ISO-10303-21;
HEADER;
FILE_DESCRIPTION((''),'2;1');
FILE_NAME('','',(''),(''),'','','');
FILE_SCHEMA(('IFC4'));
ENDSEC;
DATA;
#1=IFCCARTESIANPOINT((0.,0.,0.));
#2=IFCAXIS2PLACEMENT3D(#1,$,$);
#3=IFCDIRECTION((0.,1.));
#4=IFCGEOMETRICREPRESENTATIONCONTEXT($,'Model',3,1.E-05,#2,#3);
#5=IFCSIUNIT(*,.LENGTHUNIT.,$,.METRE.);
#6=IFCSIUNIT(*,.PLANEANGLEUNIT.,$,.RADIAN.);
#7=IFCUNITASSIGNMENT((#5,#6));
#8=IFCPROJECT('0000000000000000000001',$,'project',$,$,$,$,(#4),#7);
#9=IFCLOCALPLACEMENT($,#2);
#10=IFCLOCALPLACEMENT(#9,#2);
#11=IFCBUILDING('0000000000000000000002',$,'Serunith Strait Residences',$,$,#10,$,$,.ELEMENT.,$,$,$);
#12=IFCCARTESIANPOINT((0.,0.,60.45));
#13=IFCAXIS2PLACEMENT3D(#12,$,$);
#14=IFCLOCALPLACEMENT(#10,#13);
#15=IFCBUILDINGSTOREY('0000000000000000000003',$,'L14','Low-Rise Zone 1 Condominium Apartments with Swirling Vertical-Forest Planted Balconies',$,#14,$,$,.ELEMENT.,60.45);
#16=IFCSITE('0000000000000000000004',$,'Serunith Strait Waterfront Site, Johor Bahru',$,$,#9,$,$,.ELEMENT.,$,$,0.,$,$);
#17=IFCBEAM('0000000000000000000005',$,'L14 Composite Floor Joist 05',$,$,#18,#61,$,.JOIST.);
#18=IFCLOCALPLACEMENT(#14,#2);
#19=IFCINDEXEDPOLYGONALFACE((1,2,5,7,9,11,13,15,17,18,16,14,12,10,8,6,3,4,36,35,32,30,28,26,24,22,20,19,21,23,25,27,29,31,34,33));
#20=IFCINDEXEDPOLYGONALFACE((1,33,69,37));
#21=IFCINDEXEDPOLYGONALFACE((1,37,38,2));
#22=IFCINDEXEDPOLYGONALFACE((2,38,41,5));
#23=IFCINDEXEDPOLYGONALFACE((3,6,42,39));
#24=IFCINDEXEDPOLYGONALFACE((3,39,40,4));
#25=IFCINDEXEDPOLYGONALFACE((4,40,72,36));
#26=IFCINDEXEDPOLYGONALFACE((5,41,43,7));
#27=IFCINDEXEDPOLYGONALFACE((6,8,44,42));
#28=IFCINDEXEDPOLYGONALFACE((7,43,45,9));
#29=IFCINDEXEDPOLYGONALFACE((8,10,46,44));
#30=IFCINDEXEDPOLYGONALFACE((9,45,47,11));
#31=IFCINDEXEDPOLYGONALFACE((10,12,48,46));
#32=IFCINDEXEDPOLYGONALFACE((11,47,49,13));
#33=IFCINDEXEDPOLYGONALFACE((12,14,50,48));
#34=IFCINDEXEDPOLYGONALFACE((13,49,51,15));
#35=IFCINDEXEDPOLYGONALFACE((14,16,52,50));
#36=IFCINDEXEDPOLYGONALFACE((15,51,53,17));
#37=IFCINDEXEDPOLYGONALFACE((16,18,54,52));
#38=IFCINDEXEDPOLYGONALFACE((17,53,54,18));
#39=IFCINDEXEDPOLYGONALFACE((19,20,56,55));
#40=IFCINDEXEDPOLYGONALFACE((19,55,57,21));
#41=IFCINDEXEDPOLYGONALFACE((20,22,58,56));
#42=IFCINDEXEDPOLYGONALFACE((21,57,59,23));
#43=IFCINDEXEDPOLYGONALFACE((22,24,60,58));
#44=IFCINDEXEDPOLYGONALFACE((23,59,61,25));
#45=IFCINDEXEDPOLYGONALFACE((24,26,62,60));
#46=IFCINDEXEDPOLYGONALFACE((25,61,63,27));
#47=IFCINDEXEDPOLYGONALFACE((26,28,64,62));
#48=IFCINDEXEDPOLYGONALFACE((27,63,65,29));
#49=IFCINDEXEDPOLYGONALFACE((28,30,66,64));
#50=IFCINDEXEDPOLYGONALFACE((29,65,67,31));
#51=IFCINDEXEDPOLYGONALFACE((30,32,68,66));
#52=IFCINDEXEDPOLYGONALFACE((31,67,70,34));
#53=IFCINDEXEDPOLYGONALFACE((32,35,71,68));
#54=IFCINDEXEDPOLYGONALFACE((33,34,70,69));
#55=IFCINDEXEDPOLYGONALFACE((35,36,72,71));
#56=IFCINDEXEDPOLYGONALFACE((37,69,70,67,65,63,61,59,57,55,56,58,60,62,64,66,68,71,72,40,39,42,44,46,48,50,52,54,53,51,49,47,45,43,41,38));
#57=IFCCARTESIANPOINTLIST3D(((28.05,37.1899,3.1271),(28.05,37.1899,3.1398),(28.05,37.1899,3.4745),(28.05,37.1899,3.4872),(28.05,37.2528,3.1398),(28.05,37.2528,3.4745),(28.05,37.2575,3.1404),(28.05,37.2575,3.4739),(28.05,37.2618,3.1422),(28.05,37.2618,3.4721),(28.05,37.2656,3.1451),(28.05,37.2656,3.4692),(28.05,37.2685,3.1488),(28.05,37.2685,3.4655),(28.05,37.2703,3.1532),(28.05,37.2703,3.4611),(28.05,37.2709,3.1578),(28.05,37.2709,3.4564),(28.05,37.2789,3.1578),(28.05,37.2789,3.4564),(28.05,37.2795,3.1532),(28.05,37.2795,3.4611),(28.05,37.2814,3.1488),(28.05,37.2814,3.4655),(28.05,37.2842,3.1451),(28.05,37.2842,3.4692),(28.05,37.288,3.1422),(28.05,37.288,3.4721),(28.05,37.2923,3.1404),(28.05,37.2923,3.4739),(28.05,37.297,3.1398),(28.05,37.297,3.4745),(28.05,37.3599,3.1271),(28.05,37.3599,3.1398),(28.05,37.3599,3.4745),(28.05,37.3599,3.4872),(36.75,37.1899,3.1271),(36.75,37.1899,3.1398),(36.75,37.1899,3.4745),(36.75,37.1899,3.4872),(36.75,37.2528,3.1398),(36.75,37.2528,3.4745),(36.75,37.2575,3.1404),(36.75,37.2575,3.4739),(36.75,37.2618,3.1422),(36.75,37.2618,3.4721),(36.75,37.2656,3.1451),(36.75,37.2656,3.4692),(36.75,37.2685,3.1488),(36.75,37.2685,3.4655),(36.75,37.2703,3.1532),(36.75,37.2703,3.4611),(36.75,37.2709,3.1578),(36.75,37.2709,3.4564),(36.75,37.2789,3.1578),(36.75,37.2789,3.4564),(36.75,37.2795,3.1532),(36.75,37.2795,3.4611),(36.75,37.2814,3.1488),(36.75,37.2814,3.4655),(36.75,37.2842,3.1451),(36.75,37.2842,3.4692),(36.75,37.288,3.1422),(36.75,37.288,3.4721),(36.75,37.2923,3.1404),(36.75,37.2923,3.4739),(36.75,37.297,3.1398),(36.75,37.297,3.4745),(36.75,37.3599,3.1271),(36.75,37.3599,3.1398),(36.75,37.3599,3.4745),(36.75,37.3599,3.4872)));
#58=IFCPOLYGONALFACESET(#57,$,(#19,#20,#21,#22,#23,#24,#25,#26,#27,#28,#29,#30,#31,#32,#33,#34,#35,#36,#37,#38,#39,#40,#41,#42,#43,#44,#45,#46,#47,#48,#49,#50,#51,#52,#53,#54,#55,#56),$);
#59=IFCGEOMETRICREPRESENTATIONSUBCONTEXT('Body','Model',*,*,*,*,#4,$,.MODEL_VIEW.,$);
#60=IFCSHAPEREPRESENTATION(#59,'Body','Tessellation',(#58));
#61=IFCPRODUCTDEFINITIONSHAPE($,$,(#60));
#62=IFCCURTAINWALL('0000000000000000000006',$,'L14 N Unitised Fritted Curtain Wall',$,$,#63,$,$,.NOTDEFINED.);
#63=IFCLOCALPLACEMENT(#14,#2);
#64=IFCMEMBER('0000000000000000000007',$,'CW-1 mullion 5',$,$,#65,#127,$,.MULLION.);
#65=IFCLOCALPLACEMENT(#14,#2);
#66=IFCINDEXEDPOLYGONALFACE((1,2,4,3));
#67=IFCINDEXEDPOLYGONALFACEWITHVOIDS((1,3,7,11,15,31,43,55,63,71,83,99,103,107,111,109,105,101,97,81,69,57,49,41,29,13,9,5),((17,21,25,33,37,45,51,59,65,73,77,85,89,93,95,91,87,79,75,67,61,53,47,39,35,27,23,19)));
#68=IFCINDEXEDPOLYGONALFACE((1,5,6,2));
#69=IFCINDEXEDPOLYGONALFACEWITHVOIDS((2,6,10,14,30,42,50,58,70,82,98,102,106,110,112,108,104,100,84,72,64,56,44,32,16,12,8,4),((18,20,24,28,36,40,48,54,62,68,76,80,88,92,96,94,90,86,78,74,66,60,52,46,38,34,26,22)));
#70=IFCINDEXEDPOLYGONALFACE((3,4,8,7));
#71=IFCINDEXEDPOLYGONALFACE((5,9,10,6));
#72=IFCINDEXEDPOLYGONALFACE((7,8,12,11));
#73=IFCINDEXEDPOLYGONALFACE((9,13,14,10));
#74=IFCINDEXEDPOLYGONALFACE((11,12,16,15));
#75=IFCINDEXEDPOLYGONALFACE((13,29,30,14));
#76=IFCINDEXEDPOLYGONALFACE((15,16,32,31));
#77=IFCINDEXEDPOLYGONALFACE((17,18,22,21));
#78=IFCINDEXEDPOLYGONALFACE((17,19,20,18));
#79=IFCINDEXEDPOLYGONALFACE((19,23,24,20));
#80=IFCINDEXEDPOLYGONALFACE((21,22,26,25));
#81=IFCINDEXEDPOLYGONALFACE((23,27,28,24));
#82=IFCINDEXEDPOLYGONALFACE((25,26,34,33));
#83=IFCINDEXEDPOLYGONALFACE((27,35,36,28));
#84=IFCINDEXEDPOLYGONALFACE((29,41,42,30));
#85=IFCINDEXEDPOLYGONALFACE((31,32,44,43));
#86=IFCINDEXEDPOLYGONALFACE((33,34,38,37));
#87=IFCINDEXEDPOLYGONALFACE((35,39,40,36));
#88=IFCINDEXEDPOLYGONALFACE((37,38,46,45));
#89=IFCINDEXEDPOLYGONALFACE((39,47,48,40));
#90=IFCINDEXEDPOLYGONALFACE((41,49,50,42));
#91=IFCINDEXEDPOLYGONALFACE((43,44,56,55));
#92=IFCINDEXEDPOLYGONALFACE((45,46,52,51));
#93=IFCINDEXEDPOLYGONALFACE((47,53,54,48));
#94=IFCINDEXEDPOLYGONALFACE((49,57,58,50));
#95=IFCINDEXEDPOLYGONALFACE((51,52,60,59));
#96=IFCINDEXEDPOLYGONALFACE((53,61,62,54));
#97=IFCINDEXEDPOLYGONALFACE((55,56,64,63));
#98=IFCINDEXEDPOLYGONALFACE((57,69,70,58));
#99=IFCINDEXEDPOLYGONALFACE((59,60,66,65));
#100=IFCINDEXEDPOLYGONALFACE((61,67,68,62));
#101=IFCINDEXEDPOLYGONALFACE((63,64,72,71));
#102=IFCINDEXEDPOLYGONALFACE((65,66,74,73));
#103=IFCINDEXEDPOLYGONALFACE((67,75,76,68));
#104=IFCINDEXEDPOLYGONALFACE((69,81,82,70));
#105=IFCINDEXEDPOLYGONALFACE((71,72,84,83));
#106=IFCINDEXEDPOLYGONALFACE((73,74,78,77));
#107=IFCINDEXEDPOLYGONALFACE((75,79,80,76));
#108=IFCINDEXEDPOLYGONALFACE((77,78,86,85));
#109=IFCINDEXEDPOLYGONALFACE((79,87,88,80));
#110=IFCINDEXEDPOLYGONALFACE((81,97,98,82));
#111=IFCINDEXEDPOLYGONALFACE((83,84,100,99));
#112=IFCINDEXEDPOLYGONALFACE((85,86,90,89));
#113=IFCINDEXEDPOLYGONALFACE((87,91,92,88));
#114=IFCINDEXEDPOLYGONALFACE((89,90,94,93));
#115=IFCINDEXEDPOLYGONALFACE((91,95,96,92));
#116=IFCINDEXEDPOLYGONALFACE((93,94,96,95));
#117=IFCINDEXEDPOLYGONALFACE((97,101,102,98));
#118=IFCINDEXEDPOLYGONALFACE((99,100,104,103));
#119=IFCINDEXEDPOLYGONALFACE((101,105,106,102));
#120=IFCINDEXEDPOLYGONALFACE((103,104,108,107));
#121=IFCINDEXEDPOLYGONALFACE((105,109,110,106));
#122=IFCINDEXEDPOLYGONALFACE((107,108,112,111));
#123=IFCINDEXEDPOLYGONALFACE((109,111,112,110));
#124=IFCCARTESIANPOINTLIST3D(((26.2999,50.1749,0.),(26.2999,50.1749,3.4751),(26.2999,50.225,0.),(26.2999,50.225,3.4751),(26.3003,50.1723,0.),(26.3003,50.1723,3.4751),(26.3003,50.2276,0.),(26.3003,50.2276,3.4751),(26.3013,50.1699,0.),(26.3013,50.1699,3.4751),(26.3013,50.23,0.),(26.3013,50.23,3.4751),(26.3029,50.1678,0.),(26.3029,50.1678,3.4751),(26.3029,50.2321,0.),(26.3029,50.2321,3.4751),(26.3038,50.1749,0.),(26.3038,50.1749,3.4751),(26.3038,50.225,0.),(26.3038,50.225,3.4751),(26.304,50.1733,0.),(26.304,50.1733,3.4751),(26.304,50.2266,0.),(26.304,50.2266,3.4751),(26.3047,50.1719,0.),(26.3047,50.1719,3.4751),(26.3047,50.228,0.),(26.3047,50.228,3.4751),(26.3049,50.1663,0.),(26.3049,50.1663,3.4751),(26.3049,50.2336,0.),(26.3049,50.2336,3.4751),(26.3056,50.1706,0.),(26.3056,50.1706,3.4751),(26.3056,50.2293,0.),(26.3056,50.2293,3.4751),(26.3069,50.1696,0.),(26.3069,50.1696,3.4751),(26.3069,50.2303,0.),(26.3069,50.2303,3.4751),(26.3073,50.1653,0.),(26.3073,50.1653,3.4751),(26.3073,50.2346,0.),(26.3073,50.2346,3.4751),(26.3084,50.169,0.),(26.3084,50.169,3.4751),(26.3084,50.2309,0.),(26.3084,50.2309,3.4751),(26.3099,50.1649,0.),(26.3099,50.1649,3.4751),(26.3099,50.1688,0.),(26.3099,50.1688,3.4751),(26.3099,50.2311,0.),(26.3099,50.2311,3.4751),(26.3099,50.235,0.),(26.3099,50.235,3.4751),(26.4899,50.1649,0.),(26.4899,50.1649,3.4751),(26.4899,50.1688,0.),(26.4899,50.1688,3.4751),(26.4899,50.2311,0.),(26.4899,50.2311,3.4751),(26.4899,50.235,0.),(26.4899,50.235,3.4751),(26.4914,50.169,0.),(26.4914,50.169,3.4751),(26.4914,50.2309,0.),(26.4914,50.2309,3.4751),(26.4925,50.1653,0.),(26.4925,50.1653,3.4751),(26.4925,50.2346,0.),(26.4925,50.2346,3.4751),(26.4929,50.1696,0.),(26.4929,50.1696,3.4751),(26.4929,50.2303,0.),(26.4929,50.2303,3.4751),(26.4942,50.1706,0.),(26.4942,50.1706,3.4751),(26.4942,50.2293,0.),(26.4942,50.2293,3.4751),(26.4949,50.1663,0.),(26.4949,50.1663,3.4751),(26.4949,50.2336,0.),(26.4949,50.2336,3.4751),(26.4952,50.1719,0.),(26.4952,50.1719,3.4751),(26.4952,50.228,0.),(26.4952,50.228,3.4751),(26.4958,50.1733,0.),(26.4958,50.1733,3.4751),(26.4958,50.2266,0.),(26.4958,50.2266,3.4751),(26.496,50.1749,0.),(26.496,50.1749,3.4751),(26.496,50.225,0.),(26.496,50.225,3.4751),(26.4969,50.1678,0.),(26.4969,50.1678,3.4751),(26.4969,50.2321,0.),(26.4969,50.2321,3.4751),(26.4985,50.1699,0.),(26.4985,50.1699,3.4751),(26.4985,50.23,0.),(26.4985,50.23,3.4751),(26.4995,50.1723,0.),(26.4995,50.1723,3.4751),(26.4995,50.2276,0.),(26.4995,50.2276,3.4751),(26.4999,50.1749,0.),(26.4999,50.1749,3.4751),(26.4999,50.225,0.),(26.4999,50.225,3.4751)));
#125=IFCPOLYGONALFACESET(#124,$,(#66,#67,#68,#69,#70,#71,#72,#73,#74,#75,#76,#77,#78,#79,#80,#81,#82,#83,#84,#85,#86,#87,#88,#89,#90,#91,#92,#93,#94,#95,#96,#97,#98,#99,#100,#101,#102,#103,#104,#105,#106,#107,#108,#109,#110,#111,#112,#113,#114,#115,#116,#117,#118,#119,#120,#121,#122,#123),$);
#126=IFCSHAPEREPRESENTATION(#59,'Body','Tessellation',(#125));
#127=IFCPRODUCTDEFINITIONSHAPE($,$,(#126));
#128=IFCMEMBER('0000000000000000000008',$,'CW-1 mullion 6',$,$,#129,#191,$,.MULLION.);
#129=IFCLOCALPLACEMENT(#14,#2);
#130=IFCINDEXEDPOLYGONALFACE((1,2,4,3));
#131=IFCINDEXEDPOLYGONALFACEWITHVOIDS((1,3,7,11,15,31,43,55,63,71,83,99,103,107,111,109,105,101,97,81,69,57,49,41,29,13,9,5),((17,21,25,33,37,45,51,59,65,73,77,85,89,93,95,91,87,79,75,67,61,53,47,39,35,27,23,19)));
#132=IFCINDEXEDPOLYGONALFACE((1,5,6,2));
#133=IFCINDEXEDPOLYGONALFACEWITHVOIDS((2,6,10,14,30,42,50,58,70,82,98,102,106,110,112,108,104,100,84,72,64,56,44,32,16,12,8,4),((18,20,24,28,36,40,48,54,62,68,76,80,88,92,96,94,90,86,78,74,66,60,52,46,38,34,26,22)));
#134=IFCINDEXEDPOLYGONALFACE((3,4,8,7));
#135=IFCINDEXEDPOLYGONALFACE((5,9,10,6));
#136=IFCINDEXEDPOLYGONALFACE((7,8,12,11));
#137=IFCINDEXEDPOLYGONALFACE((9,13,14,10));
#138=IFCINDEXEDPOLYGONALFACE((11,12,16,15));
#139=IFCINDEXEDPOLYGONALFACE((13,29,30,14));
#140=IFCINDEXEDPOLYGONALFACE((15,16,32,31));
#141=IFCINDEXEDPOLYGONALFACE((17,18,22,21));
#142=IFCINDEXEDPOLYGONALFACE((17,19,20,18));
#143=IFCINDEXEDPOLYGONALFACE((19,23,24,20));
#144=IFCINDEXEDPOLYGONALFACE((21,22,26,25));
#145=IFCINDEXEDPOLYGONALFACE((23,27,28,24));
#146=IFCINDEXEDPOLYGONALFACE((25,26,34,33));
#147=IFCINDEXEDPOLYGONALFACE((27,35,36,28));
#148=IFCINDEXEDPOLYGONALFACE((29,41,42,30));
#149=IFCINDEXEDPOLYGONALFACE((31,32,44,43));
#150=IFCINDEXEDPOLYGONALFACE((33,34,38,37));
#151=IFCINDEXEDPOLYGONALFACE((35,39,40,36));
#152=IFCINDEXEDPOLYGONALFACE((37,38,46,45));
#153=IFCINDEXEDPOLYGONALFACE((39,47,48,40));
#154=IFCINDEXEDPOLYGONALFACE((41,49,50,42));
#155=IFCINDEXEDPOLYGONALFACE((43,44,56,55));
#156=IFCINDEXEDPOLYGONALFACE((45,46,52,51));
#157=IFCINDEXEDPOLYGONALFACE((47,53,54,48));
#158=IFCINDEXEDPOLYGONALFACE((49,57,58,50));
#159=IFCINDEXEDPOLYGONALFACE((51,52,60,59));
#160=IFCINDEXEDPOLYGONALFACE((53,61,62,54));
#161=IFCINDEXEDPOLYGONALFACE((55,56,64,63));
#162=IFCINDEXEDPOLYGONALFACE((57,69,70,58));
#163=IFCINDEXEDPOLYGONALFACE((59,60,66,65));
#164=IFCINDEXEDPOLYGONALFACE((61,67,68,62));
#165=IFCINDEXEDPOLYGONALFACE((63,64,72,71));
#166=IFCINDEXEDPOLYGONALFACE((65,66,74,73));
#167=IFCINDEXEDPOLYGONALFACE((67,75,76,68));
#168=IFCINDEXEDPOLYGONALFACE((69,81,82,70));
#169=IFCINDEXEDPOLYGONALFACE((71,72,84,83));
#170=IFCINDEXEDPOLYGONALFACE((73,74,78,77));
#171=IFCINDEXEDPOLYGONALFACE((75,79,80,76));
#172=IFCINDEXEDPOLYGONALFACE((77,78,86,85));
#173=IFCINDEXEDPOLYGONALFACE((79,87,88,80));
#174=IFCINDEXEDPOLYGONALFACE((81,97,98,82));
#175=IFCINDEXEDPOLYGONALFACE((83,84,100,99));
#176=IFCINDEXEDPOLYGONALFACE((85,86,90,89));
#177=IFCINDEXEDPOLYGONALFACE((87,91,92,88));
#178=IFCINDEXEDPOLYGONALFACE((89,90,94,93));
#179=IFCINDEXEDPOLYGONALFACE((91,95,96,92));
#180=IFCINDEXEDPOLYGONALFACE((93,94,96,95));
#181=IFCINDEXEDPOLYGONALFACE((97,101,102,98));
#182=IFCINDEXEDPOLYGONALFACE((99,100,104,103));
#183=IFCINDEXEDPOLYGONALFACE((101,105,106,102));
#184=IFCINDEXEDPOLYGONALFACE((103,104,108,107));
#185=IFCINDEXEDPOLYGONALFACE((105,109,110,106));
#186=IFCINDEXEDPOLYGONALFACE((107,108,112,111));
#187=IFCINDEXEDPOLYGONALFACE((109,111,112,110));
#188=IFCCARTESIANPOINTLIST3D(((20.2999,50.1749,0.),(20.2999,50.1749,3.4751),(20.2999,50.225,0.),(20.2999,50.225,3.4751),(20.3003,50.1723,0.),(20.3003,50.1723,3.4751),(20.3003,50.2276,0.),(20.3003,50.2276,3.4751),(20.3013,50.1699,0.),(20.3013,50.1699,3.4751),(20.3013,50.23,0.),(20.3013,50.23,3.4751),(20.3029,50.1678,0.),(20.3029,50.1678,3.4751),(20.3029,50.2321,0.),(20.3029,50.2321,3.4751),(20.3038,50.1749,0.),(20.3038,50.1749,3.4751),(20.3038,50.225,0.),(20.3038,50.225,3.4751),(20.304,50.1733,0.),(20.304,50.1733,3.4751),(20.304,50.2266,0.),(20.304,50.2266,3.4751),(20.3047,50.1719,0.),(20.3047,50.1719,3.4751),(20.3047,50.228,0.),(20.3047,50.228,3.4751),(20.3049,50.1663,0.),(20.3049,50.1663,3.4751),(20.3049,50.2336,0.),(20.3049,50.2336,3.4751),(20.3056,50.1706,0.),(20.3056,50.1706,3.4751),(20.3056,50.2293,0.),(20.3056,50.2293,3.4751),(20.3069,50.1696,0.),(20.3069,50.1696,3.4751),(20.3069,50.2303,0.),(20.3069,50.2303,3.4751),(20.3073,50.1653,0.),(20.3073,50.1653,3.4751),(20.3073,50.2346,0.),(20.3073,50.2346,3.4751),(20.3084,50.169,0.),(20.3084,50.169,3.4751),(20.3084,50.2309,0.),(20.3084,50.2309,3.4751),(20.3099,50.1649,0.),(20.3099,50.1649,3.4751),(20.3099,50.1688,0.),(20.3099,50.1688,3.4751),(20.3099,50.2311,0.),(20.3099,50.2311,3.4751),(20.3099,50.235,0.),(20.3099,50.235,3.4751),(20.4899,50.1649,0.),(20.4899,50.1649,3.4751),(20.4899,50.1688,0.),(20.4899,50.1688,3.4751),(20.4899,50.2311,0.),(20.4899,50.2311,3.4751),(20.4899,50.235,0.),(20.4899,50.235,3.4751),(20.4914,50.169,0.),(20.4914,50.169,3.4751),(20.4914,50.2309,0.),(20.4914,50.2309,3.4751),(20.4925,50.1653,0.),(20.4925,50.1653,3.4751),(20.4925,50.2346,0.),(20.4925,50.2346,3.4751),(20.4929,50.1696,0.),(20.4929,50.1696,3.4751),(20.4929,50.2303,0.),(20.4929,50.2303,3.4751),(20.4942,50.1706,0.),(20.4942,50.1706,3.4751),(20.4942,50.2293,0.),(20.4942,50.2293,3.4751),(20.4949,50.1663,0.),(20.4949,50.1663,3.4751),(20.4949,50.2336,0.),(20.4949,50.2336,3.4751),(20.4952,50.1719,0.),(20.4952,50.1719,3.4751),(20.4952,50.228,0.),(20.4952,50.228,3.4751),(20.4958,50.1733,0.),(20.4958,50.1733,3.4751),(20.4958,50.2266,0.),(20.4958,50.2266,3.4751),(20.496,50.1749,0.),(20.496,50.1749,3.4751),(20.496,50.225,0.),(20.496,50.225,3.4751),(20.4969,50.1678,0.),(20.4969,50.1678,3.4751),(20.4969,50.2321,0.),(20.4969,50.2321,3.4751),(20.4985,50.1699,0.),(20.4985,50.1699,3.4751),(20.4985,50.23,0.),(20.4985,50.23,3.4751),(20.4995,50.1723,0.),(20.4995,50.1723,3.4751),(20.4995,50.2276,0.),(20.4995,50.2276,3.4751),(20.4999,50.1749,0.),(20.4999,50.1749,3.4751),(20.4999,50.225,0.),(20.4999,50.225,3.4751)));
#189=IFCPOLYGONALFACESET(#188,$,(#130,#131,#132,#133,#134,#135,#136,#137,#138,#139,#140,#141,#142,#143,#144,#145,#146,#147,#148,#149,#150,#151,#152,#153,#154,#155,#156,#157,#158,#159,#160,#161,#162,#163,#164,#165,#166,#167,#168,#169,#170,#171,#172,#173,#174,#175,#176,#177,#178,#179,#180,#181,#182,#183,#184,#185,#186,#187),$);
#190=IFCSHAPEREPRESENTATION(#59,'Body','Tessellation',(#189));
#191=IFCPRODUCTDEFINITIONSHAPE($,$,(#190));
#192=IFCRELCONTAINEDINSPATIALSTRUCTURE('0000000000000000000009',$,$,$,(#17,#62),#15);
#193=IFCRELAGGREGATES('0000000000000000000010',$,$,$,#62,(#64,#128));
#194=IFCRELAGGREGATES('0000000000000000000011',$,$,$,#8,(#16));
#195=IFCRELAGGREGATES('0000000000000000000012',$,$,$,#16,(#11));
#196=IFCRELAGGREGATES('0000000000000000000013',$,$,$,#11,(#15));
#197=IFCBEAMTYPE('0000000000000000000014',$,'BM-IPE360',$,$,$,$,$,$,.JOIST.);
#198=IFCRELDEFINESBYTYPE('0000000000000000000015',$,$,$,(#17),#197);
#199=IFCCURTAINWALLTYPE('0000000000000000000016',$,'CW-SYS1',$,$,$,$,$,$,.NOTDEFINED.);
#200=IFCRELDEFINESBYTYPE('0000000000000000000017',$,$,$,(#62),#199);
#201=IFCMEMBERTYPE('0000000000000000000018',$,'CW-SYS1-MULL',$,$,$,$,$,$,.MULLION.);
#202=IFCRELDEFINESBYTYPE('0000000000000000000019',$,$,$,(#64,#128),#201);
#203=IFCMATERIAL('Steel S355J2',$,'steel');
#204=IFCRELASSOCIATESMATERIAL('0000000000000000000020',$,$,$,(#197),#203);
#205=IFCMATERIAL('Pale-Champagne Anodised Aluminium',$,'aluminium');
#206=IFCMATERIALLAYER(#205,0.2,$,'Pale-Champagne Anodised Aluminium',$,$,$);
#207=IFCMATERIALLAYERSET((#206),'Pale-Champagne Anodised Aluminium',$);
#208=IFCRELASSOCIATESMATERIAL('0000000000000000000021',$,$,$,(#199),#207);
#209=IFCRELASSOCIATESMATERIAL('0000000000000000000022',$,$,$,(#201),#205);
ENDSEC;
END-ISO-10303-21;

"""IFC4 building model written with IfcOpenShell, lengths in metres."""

from ifc_helpers import new_model, si_unit, direction, frame, origin, origin_2d, place, context, subcontext, project, spatial, hollow_rectangle, i_section, extrude, source, transform, mapped, material, layer, layer_set, material_profile, profile_set, type_object, element, aggregate, save


model = new_model("IFC4")

# Units and contexts
model_context = context("Model", 3, precision=1e-05, world=origin(), true_north=direction((0.0, 1.0)))
body_context = subcontext(model_context, "Body", "Model", "MODEL_VIEW")
ifc_project = project(units=[si_unit("LENGTHUNIT", "METRE"), si_unit("PLANEANGLEUNIT", "RADIAN")], contexts=[model_context])

# Site, building, storey
site_placement = place(None, origin())
site = spatial("IfcSite", under=ifc_project, at=site_placement, Name="Serunith Strait Waterfront Site, Johor Bahru", CompositionType="ELEMENT", RefElevation=0.0)
building_placement = place(site_placement, origin())
building = spatial("IfcBuilding", under=site, at=building_placement, Name="Serunith Strait Residences", CompositionType="ELEMENT")
storey_placement = place(building_placement, frame((0.0, 0.0, 60.45)))
storey = spatial("IfcBuildingStorey", under=building, at=storey_placement, Name="L14", Description="Low-Rise Zone 1 Condominium Apartments with Swirling Vertical-Forest Planted Balconies", CompositionType="ELEMENT", Elevation=60.45)

# Beam
ifc_material_1 = material(Name="Steel S355J2", Category="steel")
ifc_material_profile_1 = material_profile(ifc_material_1, i_section(OverallWidth=0.1699, OverallDepth=0.3601, WebThickness=0.0081, FlangeThickness=0.0127, FilletRadius=0.0181, at=origin_2d()), Name="IPE 360")
ifc_profile_set_1 = profile_set([ifc_material_profile_1], Name="Steel S355J2")
beam_type_1 = type_object("IfcBeamType", Name="BM-IPE360", PredefinedType="JOIST", material=ifc_profile_set_1)
shared_shape_1 = source(origin(), body_context, "Body", "SweptSolid", [
    extrude(i_section(OverallWidth=0.1699, OverallDepth=0.3601, WebThickness=0.0081, FlangeThickness=0.0127, FilletRadius=0.0181, at=origin_2d()), origin(), (0.0, 0.0, 1.0), 8.7),
])
beam_1_placement = place(storey_placement, frame((28.05, 37.2749, 3.3071), z_axis=(1.0, 0.0, 0.0), x_axis=(0.0, 1.0, 0.0)))
element("IfcBeam", 1, at=beam_1_placement, inside=storey, type_object=beam_type_1, Name="L14 Composite Floor Joist 05", PredefinedType="JOIST", context=body_context, shape_type="MappedRepresentation", body=[
    mapped(shared_shape_1, transform((0.0, 0.0, 0.0), scale=1.0)),
])

# Curtain wall, members
ifc_material_2 = material(Name="Pale-Champagne Anodised Aluminium", Category="aluminium")
ifc_layer_1 = layer(ifc_material_2, 0.2, Name="Pale-Champagne Anodised Aluminium")
ifc_layer_set_1 = layer_set([ifc_layer_1], Name="Pale-Champagne Anodised Aluminium")
curtain_wall_type = type_object("IfcCurtainWallType", Name="CW-SYS1", PredefinedType="NOTDEFINED", material=ifc_layer_set_1)
curtain_wall_placement = place(storey_placement, origin())
curtain_wall = element("IfcCurtainWall", 2, at=curtain_wall_placement, inside=storey, type_object=curtain_wall_type, Name="L14 N Unitised Fritted Curtain Wall", PredefinedType="NOTDEFINED")
ifc_material_profile_2 = material_profile(ifc_material_2, hollow_rectangle(XDim=0.0701, YDim=0.2, WallThickness=0.0039, InnerFilletRadius=0.0061, OuterFilletRadius=0.01, at=origin_2d()), Name="ALU 200x70x4")
ifc_profile_set_2 = profile_set([ifc_material_profile_2], Name="Pale-Champagne Anodised Aluminium")
member_type_1 = type_object("IfcMemberType", Name="CW-SYS1-MULL", PredefinedType="MULLION", material=ifc_profile_set_2)
shared_shape_2 = source(origin(), body_context, "Body", "SweptSolid", [
    extrude(hollow_rectangle(XDim=0.0701, YDim=0.2, WallThickness=0.0039, InnerFilletRadius=0.0061, OuterFilletRadius=0.01, at=origin_2d()), origin(), (0.0, 0.0, 1.0), 3.4751),
])
member_1_placement = place(storey_placement, frame((26.3999, 50.2, 0.0), z_axis=(0.0, 0.0, 1.0), x_axis=(0.0, -1.0, 0.0)))
member_1 = element("IfcMember", 3, at=member_1_placement, type_object=member_type_1, Name="CW-1 mullion 5", PredefinedType="MULLION", context=body_context, shape_type="MappedRepresentation", body=[
    mapped(shared_shape_2, transform((0.0, 0.0, 0.0), scale=1.0)),
])
member_2_placement = place(storey_placement, frame((20.3999, 50.2, 0.0), z_axis=(0.0, 0.0, 1.0), x_axis=(0.0, -1.0, 0.0)))
member_2 = element("IfcMember", 4, at=member_2_placement, type_object=member_type_1, Name="CW-1 mullion 6", PredefinedType="MULLION", context=body_context, shape_type="MappedRepresentation", body=[
    mapped(shared_shape_2, transform((0.0, 0.0, 0.0), scale=1.0)),
])
aggregate(curtain_wall, [member_1, member_2])

save(model, "model.ifc")
